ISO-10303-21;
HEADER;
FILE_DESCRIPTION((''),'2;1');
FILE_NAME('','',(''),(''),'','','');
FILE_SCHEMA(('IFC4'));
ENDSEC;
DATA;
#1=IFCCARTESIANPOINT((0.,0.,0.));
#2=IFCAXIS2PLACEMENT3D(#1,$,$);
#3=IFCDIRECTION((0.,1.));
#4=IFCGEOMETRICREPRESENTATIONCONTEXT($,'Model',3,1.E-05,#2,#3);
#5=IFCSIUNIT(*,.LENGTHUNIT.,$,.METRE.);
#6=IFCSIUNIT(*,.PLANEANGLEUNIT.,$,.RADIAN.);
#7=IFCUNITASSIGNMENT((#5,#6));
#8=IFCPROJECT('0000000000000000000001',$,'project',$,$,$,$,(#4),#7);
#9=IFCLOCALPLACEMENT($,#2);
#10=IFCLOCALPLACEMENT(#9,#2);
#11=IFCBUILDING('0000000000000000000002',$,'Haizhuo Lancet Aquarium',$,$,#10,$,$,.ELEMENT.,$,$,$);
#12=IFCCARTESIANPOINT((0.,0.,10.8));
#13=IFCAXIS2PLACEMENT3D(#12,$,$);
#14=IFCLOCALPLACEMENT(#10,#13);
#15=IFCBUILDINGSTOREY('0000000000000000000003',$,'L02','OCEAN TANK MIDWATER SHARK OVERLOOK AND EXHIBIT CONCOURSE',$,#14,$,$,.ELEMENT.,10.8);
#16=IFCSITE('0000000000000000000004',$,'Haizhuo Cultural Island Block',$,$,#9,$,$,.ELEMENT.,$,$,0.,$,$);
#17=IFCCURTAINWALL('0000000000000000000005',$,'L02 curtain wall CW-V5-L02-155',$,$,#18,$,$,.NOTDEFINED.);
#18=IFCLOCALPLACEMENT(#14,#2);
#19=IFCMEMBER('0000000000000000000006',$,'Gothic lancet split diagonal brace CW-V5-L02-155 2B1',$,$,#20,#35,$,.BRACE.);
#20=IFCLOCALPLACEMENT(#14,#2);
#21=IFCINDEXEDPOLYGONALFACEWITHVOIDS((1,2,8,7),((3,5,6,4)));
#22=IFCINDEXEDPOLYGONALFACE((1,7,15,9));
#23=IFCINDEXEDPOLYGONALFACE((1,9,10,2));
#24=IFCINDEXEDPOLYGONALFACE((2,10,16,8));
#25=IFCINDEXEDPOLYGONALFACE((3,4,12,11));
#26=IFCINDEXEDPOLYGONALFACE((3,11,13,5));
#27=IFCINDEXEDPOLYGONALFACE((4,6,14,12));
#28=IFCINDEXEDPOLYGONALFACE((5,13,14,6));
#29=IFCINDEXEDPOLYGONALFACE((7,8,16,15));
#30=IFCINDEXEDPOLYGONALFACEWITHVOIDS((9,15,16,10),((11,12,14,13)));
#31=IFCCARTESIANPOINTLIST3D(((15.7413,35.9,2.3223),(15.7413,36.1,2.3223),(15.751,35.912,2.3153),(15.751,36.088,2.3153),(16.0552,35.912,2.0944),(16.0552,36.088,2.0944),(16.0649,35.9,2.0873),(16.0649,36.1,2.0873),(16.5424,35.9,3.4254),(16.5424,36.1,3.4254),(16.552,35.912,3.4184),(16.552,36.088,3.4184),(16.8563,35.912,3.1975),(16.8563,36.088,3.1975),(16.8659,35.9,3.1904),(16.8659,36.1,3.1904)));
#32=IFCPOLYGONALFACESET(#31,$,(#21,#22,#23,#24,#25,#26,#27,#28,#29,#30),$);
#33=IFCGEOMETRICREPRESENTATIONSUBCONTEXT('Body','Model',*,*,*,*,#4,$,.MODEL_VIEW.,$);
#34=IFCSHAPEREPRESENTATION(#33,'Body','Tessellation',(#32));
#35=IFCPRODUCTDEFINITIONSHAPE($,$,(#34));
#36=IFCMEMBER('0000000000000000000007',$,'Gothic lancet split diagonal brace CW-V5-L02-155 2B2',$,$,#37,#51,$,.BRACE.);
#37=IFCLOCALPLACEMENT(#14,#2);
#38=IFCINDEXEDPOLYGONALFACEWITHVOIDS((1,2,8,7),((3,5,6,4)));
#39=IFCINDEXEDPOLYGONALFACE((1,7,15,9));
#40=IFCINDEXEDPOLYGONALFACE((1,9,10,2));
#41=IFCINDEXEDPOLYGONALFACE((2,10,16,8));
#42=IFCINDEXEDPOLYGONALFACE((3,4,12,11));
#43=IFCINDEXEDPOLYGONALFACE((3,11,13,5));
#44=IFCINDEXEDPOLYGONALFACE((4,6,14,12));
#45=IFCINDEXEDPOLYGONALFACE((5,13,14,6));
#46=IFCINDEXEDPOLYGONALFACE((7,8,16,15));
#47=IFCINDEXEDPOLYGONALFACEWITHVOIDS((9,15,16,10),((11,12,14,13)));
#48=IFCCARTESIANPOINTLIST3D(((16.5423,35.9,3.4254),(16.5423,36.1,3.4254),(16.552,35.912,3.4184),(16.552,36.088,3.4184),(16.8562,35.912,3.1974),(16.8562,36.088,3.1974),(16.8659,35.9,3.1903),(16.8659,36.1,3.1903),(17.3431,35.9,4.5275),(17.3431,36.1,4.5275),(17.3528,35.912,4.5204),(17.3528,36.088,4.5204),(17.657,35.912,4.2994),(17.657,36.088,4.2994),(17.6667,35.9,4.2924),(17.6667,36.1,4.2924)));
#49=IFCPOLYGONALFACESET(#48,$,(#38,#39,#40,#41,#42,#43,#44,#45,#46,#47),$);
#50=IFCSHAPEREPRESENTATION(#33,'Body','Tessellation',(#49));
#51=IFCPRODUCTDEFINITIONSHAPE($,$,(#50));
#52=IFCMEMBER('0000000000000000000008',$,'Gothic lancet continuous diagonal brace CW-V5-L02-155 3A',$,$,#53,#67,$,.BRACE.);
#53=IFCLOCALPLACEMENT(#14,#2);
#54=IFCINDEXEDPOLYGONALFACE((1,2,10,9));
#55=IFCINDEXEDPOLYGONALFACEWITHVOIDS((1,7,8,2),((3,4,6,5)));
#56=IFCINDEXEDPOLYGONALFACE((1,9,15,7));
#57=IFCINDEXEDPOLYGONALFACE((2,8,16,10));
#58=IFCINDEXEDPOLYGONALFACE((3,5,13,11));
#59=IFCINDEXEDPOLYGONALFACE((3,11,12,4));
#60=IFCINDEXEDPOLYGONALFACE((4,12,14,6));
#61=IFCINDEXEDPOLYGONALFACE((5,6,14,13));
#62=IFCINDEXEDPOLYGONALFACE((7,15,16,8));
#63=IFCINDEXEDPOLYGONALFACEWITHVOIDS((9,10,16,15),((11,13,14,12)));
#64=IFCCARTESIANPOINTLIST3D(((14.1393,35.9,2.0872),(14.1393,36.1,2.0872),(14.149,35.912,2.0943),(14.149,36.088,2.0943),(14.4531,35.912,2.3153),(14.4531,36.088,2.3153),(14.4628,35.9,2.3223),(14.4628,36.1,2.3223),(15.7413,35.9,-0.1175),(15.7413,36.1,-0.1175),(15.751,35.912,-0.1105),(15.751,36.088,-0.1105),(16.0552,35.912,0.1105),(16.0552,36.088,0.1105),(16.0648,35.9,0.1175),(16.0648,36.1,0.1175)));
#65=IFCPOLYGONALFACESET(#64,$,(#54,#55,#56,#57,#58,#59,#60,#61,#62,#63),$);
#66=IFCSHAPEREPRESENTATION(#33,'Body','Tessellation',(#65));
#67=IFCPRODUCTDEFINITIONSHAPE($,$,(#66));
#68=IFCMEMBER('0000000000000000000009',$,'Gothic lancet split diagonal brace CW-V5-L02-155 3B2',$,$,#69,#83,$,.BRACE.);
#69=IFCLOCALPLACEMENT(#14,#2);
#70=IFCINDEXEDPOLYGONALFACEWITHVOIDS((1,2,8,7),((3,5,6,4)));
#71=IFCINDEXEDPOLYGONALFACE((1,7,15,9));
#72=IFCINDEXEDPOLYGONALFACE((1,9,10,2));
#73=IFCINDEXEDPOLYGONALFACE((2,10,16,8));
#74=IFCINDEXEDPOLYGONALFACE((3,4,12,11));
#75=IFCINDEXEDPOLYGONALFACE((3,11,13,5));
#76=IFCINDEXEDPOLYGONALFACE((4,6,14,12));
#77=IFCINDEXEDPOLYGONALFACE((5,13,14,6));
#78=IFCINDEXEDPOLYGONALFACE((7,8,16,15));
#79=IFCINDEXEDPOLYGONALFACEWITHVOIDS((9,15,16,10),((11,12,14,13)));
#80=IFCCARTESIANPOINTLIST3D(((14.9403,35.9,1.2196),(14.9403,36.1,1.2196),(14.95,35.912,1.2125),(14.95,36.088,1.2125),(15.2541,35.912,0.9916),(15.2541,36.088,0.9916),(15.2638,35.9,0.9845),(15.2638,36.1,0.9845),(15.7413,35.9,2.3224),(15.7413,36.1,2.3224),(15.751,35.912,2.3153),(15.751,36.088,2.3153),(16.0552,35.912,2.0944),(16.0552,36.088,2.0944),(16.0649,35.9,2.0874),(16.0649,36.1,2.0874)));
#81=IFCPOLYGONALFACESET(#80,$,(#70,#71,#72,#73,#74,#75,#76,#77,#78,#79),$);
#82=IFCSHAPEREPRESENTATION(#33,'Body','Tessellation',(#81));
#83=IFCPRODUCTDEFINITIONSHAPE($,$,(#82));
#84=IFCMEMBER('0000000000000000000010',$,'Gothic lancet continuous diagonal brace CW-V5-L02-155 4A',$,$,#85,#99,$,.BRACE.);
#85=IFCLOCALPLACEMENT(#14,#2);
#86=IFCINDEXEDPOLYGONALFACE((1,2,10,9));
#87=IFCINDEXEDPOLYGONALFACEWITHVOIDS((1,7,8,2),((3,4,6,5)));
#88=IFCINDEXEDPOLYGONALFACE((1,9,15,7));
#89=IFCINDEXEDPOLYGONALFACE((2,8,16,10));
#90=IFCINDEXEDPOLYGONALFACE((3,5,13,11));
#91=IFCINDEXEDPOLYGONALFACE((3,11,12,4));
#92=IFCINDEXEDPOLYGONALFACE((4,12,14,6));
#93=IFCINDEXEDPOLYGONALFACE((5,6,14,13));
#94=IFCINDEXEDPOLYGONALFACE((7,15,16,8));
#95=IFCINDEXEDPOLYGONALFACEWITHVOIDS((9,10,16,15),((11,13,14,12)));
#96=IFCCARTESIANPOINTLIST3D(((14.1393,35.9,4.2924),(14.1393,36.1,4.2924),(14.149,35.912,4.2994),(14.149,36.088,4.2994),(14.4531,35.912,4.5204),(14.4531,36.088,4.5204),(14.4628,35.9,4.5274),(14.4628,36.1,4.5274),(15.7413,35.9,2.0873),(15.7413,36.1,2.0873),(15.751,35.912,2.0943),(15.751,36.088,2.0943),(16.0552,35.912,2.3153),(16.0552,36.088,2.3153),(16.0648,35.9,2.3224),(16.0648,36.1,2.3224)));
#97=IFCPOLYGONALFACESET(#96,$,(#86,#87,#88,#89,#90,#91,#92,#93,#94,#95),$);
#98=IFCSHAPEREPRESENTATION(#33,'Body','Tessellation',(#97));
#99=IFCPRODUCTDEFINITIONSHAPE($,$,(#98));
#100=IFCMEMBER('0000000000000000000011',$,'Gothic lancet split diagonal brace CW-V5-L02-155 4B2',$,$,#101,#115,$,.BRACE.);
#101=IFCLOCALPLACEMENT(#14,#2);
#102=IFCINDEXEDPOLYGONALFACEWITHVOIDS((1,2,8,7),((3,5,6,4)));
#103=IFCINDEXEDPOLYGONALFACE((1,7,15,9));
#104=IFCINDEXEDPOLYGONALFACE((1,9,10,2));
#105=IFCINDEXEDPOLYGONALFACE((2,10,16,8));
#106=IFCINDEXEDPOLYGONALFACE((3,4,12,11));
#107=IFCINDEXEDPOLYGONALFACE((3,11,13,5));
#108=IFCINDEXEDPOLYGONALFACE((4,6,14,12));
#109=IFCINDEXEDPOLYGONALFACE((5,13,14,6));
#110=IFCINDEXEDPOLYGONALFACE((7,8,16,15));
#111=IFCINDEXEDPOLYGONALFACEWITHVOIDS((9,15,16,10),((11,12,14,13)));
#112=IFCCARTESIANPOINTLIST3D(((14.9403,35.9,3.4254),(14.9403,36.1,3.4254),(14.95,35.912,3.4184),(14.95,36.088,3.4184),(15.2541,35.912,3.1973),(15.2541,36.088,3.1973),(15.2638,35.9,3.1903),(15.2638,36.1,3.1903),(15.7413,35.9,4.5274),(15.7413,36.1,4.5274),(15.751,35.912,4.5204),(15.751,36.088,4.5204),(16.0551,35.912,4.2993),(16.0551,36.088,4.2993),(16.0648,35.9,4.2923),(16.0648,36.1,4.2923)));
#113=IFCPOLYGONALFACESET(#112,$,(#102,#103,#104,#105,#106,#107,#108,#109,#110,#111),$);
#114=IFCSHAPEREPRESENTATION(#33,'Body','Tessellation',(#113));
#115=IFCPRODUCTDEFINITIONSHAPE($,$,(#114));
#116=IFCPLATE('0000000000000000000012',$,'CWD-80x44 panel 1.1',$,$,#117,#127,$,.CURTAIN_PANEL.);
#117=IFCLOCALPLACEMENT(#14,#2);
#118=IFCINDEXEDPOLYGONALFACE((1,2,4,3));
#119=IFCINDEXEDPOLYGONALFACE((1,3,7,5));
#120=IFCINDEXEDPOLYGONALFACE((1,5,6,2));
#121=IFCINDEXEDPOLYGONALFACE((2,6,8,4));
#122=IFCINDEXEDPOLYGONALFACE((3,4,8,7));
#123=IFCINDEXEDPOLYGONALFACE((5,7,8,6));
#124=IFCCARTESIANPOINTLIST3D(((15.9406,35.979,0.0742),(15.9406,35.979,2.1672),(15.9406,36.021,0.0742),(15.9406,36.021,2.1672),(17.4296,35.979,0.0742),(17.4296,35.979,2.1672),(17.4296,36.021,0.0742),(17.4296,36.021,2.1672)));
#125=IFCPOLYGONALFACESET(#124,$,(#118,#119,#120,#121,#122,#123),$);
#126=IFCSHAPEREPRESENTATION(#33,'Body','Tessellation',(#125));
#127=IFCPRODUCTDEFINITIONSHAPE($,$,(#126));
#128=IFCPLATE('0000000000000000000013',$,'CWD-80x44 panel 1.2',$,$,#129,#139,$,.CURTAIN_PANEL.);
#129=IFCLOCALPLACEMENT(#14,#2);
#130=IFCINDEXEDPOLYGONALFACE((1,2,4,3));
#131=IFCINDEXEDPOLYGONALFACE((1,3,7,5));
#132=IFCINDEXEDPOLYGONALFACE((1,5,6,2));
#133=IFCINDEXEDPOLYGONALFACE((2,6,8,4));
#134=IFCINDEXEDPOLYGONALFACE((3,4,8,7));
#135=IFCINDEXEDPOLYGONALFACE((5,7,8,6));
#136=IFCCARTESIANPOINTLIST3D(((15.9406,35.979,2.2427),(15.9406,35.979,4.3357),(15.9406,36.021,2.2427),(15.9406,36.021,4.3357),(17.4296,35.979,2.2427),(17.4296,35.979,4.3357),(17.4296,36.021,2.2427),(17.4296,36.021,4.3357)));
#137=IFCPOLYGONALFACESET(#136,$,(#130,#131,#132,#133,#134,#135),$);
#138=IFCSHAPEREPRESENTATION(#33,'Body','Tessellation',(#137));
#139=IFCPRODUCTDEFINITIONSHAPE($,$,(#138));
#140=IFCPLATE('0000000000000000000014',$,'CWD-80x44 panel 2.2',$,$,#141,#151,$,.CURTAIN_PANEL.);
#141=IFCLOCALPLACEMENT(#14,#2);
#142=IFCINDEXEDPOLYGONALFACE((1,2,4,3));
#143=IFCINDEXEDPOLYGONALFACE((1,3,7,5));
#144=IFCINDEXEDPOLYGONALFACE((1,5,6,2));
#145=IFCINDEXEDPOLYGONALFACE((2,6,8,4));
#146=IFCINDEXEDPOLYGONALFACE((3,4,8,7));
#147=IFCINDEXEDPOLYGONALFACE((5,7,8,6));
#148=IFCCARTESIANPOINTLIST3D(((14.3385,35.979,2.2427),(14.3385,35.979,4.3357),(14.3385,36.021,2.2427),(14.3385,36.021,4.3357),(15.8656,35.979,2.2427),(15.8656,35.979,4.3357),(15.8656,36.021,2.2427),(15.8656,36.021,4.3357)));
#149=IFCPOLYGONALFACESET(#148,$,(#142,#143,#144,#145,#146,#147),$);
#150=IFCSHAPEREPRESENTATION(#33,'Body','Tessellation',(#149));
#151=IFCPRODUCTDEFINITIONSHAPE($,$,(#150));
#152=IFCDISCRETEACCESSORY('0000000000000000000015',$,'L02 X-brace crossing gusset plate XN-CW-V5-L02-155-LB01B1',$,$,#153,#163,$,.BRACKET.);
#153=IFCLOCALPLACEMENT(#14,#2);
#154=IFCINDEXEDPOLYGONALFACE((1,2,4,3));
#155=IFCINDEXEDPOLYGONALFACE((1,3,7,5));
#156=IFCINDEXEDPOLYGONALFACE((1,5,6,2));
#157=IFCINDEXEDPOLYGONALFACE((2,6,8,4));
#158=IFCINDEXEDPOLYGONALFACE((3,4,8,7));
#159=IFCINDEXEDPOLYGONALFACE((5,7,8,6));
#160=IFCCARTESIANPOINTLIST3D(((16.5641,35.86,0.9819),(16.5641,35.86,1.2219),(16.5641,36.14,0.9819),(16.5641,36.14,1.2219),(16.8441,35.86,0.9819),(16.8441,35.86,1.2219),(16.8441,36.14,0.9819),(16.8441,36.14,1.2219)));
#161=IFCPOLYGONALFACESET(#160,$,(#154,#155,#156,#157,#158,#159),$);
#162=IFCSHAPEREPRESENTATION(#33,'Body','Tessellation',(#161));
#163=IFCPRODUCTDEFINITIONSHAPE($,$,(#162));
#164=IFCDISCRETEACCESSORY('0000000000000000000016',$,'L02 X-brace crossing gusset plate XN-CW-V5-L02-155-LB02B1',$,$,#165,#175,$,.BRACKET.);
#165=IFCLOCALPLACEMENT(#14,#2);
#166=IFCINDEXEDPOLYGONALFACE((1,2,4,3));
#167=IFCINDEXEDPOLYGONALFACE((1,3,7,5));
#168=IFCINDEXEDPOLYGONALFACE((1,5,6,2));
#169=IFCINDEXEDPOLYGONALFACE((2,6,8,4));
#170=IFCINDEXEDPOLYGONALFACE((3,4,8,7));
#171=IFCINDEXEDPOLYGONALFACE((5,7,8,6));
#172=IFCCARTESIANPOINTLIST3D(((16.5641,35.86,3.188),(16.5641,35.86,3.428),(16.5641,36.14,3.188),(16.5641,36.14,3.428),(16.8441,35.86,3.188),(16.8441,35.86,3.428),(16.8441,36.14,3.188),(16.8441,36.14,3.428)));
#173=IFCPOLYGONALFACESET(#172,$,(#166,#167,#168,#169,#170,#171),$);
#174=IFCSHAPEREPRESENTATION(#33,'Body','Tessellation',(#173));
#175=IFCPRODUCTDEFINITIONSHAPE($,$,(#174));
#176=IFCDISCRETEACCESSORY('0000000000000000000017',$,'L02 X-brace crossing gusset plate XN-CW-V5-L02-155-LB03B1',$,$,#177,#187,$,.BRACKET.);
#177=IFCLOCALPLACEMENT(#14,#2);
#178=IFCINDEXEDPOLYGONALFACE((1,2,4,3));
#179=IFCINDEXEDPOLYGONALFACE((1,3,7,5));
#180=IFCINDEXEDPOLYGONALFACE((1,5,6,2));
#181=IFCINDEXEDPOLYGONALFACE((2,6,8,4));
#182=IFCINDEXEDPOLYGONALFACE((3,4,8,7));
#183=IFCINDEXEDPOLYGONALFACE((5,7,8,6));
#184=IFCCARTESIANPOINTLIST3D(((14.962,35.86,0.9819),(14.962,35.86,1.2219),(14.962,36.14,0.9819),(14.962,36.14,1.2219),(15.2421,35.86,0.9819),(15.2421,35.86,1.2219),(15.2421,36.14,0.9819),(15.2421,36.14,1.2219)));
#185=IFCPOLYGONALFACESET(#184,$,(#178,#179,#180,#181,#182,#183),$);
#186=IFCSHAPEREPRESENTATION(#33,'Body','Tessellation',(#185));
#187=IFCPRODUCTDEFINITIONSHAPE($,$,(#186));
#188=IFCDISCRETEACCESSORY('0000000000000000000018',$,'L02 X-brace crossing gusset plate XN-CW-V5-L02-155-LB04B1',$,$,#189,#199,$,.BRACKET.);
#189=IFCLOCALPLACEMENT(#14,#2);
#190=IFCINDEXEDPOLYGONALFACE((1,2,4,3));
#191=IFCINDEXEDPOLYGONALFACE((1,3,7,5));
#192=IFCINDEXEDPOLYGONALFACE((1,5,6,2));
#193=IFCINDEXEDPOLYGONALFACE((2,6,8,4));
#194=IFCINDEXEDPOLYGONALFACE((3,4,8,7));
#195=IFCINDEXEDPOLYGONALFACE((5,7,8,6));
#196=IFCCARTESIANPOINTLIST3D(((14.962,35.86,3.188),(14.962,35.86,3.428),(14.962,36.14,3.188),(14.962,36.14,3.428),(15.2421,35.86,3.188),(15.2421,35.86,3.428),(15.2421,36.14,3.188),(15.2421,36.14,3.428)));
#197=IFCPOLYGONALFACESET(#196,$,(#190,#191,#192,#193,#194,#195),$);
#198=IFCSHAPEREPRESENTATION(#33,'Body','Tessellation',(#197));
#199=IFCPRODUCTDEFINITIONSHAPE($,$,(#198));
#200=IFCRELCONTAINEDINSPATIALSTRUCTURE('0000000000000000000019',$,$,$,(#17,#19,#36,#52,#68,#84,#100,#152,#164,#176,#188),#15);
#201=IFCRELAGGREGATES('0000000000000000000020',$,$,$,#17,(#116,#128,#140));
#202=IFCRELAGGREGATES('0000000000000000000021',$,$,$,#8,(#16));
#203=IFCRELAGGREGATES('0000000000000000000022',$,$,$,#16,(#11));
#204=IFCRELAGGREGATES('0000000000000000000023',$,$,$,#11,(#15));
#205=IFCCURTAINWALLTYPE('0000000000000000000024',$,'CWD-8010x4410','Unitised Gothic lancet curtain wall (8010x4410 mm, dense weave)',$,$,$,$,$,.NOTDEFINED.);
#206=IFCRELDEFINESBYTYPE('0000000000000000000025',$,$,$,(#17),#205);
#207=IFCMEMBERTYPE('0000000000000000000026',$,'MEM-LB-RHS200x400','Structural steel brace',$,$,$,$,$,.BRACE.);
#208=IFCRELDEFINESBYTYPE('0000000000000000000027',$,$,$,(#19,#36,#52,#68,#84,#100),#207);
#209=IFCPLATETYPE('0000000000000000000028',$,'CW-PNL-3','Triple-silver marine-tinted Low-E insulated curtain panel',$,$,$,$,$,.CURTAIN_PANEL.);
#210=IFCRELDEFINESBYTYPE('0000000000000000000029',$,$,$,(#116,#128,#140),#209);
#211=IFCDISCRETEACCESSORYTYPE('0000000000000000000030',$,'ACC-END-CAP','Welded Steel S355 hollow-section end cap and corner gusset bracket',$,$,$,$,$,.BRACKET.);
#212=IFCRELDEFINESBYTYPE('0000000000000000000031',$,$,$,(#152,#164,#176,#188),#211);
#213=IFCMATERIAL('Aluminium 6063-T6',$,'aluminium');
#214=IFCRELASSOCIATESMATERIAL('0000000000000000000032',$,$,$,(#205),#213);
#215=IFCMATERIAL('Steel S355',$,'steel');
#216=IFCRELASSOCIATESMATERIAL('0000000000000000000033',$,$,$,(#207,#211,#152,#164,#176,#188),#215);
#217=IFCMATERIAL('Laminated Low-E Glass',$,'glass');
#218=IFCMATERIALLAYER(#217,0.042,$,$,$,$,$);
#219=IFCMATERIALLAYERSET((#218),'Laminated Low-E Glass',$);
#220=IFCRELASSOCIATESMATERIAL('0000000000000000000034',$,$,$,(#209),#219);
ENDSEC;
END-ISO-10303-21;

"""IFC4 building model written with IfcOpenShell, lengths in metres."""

from ifc_helpers import new_model, si_unit, direction, frame, origin, origin_2d, place, context, subcontext, project, spatial, rectangle, hollow_rectangle, extrude, material, layer, layer_set, material_profile, profile_set, type_object, element, aggregate, save


model = new_model("IFC4")

# Units and contexts
model_context = context("Model", 3, precision=1e-05, world=origin(), true_north=direction((0.0, 1.0)))
body_context = subcontext(model_context, "Body", "Model", "MODEL_VIEW")
ifc_project = project(units=[si_unit("LENGTHUNIT", "METRE"), si_unit("PLANEANGLEUNIT", "RADIAN")], contexts=[model_context])

# Site, building, storey
site_placement = place(None, origin())
site = spatial("IfcSite", under=ifc_project, at=site_placement, Name="Haizhuo Cultural Island Block", CompositionType="ELEMENT", RefElevation=0.0)
building_placement = place(site_placement, origin())
building = spatial("IfcBuilding", under=site, at=building_placement, Name="Haizhuo Lancet Aquarium", CompositionType="ELEMENT")
storey_placement = place(building_placement, frame((0.0, 0.0, 10.8)))
storey = spatial("IfcBuildingStorey", under=building, at=storey_placement, Name="L02", Description="OCEAN TANK MIDWATER SHARK OVERLOOK AND EXHIBIT CONCOURSE", CompositionType="ELEMENT", Elevation=10.8)

# Curtain wall
ifc_material_1 = material(Name="Aluminium 6063-T6", Category="aluminium")
curtain_wall_type = type_object("IfcCurtainWallType", Name="CWD-8010x4410", Description="Unitised Gothic lancet curtain wall (8010x4410 mm, dense weave)", PredefinedType="NOTDEFINED", material=ifc_material_1)
curtain_wall_placement = place(storey_placement, origin())
curtain_wall = element("IfcCurtainWall", 1, at=curtain_wall_placement, inside=storey, type_object=curtain_wall_type, Name="L02 curtain wall CW-V5-L02-155", PredefinedType="NOTDEFINED")

# Members
ifc_material_2 = material(Name="Steel S355", Category="steel")
ifc_material_profile_1 = material_profile(ifc_material_2, hollow_rectangle(XDim=0.2, YDim=0.3999, WallThickness=0.012, at=origin_2d()), Name="RHS 200x400x12")
ifc_profile_set_1 = profile_set([ifc_material_profile_1], Name="Steel S355")
member_type_1 = type_object("IfcMemberType", Name="MEM-LB-RHS200x400", Description="Structural steel brace", PredefinedType="BRACE", material=ifc_profile_set_1)
member_1_placement = place(storey_placement, frame((15.9031, 36.0, 2.2048), z_axis=(0.587607, 0.0, 0.809146), x_axis=(0.0, 1.0, 0.0)))
element("IfcMember", 2, at=member_1_placement, inside=storey, type_object=member_type_1, Name="Gothic lancet split diagonal brace CW-V5-L02-155 2B1", PredefinedType="BRACE", context=body_context, shape_type="SweptSolid", body=[
    extrude(hollow_rectangle(XDim=0.2, YDim=0.3999, WallThickness=0.012, at=origin_2d()), origin(), (0.0, 0.0, 1.0), 1.3633),
])
member_2_placement = place(storey_placement, frame((16.7041, 36.0, 3.3079), z_axis=(0.587831, 0.0, 0.808984), x_axis=(0.0, 1.0, 0.0)))
element("IfcMember", 3, at=member_2_placement, inside=storey, type_object=member_type_1, Name="Gothic lancet split diagonal brace CW-V5-L02-155 2B2", PredefinedType="BRACE", context=body_context, shape_type="SweptSolid", body=[
    extrude(hollow_rectangle(XDim=0.2, YDim=0.3999, WallThickness=0.012, at=origin_2d()), origin(), (0.0, 0.0, 1.0), 1.3623),
])
member_3_placement = place(storey_placement, frame((15.9031, 36.0, 0.0), z_axis=(-0.58782, 0.0, 0.808992), x_axis=(0.0, -1.0, 0.0)))
element("IfcMember", 4, at=member_3_placement, inside=storey, type_object=member_type_1, Name="Gothic lancet continuous diagonal brace CW-V5-L02-155 3A", PredefinedType="BRACE", context=body_context, shape_type="SweptSolid", body=[
    extrude(hollow_rectangle(XDim=0.2, YDim=0.3999, WallThickness=0.012, at=origin_2d()), origin(), (0.0, 0.0, 1.0), 2.7253),
])
member_4_placement = place(storey_placement, frame((15.1021, 36.0, 1.1021), z_axis=(0.587692, 0.0, 0.809084), x_axis=(0.0, 1.0, 0.0)))
element("IfcMember", 5, at=member_4_placement, inside=storey, type_object=member_type_1, Name="Gothic lancet split diagonal brace CW-V5-L02-155 3B2", PredefinedType="BRACE", context=body_context, shape_type="SweptSolid", body=[
    extrude(hollow_rectangle(XDim=0.2, YDim=0.3999, WallThickness=0.012, at=origin_2d()), origin(), (0.0, 0.0, 1.0), 1.363),
])
member_5_placement = place(storey_placement, frame((15.9031, 36.0, 2.2048), z_axis=(-0.587778, 0.0, 0.809023), x_axis=(0.0, -1.0, 0.0)))
element("IfcMember", 6, at=member_5_placement, inside=storey, type_object=member_type_1, Name="Gothic lancet continuous diagonal brace CW-V5-L02-155 4A", PredefinedType="BRACE", context=body_context, shape_type="SweptSolid", body=[
    extrude(hollow_rectangle(XDim=0.2, YDim=0.3999, WallThickness=0.012, at=origin_2d()), origin(), (0.0, 0.0, 1.0), 2.7256),
])
member_6_placement = place(storey_placement, frame((15.1021, 36.0, 3.3079), z_axis=(0.587948, 0.0, 0.808899), x_axis=(0.0, 1.0, 0.0)))
element("IfcMember", 7, at=member_6_placement, inside=storey, type_object=member_type_1, Name="Gothic lancet split diagonal brace CW-V5-L02-155 4B2", PredefinedType="BRACE", context=body_context, shape_type="SweptSolid", body=[
    extrude(hollow_rectangle(XDim=0.2, YDim=0.3999, WallThickness=0.012, at=origin_2d()), origin(), (0.0, 0.0, 1.0), 1.3623),
])

# Plates
ifc_material_3 = material(Name="Laminated Low-E Glass", Category="glass")
ifc_layer = layer(ifc_material_3, 0.042)
ifc_layer_set = layer_set([ifc_layer], Name="Laminated Low-E Glass")
plate_type = type_object("IfcPlateType", Name="CW-PNL-3", Description="Triple-silver marine-tinted Low-E insulated curtain panel", PredefinedType="CURTAIN_PANEL", material=ifc_layer_set)
plate_1_placement = place(storey_placement, frame((16.6851, 36.0, 0.0742), z_axis=(0.0, 0.0, 1.0), x_axis=(-1.0, 0.0, 0.0)))
plate_1 = element("IfcPlate", 8, at=plate_1_placement, type_object=plate_type, Name="CWD-80x44 panel 1.1", PredefinedType="CURTAIN_PANEL", context=body_context, shape_type="SweptSolid", body=[
    extrude(rectangle(XDim=1.489, YDim=0.042, at=origin_2d()), origin(), (0.0, 0.0, 1.0), 2.093),
])
plate_2_placement = place(storey_placement, frame((16.6851, 36.0, 2.2427), z_axis=(0.0, 0.0, 1.0), x_axis=(-1.0, 0.0, 0.0)))
plate_2 = element("IfcPlate", 9, at=plate_2_placement, type_object=plate_type, Name="CWD-80x44 panel 1.2", PredefinedType="CURTAIN_PANEL", context=body_context, shape_type="SweptSolid", body=[
    extrude(rectangle(XDim=1.489, YDim=0.042, at=origin_2d()), origin(), (0.0, 0.0, 1.0), 2.093),
])
plate_3_placement = place(storey_placement, frame((15.1021, 36.0, 2.2427), z_axis=(0.0, 0.0, 1.0), x_axis=(-1.0, 0.0, 0.0)))
plate_3 = element("IfcPlate", 10, at=plate_3_placement, type_object=plate_type, Name="CWD-80x44 panel 2.2", PredefinedType="CURTAIN_PANEL", context=body_context, shape_type="SweptSolid", body=[
    extrude(rectangle(XDim=1.5271, YDim=0.042, at=origin_2d()), origin(), (0.0, 0.0, 1.0), 2.093),
])
aggregate(curtain_wall, [plate_1, plate_2, plate_3])

# Discrete accessories
discrete_accessory_type = type_object("IfcDiscreteAccessoryType", Name="ACC-END-CAP", Description="Welded Steel S355 hollow-section end cap and corner gusset bracket", PredefinedType="BRACKET", material=ifc_material_2)
for number, where, z_axis, x_axis, name in (
    (11, (16.7041, 36.0, 0.9819), (0.0, 0.0, 1.0), (1.0, 0.0, 0.0), "L02 X-brace crossing gusset plate XN-CW-V5-L02-155-LB01B1"),
    (12, (16.7041, 36.0, 3.188), (0.0, 0.0, 1.0), (1.0, 0.0, 0.0), "L02 X-brace crossing gusset plate XN-CW-V5-L02-155-LB02B1"),
    (13, (15.1021, 36.0, 0.9819), (0.0, 0.0, 1.0), (1.0, 0.0, 0.0), "L02 X-brace crossing gusset plate XN-CW-V5-L02-155-LB03B1"),
    (14, (15.1021, 36.0, 3.188), (0.0, 0.0, 1.0), (1.0, 0.0, 0.0), "L02 X-brace crossing gusset plate XN-CW-V5-L02-155-LB04B1"),
):
    element("IfcDiscreteAccessory", number, at=place(storey_placement, frame(where, z_axis=z_axis, x_axis=x_axis)), inside=storey, type_object=discrete_accessory_type, material=ifc_material_2, Name=name, PredefinedType="BRACKET", context=body_context, shape_type="SweptSolid", body=[
        extrude(rectangle(XDim=0.28, YDim=0.28, at=origin_2d()), origin(), (0.0, 0.0, 1.0), 0.24),
    ])

save(model, "model.ifc")
